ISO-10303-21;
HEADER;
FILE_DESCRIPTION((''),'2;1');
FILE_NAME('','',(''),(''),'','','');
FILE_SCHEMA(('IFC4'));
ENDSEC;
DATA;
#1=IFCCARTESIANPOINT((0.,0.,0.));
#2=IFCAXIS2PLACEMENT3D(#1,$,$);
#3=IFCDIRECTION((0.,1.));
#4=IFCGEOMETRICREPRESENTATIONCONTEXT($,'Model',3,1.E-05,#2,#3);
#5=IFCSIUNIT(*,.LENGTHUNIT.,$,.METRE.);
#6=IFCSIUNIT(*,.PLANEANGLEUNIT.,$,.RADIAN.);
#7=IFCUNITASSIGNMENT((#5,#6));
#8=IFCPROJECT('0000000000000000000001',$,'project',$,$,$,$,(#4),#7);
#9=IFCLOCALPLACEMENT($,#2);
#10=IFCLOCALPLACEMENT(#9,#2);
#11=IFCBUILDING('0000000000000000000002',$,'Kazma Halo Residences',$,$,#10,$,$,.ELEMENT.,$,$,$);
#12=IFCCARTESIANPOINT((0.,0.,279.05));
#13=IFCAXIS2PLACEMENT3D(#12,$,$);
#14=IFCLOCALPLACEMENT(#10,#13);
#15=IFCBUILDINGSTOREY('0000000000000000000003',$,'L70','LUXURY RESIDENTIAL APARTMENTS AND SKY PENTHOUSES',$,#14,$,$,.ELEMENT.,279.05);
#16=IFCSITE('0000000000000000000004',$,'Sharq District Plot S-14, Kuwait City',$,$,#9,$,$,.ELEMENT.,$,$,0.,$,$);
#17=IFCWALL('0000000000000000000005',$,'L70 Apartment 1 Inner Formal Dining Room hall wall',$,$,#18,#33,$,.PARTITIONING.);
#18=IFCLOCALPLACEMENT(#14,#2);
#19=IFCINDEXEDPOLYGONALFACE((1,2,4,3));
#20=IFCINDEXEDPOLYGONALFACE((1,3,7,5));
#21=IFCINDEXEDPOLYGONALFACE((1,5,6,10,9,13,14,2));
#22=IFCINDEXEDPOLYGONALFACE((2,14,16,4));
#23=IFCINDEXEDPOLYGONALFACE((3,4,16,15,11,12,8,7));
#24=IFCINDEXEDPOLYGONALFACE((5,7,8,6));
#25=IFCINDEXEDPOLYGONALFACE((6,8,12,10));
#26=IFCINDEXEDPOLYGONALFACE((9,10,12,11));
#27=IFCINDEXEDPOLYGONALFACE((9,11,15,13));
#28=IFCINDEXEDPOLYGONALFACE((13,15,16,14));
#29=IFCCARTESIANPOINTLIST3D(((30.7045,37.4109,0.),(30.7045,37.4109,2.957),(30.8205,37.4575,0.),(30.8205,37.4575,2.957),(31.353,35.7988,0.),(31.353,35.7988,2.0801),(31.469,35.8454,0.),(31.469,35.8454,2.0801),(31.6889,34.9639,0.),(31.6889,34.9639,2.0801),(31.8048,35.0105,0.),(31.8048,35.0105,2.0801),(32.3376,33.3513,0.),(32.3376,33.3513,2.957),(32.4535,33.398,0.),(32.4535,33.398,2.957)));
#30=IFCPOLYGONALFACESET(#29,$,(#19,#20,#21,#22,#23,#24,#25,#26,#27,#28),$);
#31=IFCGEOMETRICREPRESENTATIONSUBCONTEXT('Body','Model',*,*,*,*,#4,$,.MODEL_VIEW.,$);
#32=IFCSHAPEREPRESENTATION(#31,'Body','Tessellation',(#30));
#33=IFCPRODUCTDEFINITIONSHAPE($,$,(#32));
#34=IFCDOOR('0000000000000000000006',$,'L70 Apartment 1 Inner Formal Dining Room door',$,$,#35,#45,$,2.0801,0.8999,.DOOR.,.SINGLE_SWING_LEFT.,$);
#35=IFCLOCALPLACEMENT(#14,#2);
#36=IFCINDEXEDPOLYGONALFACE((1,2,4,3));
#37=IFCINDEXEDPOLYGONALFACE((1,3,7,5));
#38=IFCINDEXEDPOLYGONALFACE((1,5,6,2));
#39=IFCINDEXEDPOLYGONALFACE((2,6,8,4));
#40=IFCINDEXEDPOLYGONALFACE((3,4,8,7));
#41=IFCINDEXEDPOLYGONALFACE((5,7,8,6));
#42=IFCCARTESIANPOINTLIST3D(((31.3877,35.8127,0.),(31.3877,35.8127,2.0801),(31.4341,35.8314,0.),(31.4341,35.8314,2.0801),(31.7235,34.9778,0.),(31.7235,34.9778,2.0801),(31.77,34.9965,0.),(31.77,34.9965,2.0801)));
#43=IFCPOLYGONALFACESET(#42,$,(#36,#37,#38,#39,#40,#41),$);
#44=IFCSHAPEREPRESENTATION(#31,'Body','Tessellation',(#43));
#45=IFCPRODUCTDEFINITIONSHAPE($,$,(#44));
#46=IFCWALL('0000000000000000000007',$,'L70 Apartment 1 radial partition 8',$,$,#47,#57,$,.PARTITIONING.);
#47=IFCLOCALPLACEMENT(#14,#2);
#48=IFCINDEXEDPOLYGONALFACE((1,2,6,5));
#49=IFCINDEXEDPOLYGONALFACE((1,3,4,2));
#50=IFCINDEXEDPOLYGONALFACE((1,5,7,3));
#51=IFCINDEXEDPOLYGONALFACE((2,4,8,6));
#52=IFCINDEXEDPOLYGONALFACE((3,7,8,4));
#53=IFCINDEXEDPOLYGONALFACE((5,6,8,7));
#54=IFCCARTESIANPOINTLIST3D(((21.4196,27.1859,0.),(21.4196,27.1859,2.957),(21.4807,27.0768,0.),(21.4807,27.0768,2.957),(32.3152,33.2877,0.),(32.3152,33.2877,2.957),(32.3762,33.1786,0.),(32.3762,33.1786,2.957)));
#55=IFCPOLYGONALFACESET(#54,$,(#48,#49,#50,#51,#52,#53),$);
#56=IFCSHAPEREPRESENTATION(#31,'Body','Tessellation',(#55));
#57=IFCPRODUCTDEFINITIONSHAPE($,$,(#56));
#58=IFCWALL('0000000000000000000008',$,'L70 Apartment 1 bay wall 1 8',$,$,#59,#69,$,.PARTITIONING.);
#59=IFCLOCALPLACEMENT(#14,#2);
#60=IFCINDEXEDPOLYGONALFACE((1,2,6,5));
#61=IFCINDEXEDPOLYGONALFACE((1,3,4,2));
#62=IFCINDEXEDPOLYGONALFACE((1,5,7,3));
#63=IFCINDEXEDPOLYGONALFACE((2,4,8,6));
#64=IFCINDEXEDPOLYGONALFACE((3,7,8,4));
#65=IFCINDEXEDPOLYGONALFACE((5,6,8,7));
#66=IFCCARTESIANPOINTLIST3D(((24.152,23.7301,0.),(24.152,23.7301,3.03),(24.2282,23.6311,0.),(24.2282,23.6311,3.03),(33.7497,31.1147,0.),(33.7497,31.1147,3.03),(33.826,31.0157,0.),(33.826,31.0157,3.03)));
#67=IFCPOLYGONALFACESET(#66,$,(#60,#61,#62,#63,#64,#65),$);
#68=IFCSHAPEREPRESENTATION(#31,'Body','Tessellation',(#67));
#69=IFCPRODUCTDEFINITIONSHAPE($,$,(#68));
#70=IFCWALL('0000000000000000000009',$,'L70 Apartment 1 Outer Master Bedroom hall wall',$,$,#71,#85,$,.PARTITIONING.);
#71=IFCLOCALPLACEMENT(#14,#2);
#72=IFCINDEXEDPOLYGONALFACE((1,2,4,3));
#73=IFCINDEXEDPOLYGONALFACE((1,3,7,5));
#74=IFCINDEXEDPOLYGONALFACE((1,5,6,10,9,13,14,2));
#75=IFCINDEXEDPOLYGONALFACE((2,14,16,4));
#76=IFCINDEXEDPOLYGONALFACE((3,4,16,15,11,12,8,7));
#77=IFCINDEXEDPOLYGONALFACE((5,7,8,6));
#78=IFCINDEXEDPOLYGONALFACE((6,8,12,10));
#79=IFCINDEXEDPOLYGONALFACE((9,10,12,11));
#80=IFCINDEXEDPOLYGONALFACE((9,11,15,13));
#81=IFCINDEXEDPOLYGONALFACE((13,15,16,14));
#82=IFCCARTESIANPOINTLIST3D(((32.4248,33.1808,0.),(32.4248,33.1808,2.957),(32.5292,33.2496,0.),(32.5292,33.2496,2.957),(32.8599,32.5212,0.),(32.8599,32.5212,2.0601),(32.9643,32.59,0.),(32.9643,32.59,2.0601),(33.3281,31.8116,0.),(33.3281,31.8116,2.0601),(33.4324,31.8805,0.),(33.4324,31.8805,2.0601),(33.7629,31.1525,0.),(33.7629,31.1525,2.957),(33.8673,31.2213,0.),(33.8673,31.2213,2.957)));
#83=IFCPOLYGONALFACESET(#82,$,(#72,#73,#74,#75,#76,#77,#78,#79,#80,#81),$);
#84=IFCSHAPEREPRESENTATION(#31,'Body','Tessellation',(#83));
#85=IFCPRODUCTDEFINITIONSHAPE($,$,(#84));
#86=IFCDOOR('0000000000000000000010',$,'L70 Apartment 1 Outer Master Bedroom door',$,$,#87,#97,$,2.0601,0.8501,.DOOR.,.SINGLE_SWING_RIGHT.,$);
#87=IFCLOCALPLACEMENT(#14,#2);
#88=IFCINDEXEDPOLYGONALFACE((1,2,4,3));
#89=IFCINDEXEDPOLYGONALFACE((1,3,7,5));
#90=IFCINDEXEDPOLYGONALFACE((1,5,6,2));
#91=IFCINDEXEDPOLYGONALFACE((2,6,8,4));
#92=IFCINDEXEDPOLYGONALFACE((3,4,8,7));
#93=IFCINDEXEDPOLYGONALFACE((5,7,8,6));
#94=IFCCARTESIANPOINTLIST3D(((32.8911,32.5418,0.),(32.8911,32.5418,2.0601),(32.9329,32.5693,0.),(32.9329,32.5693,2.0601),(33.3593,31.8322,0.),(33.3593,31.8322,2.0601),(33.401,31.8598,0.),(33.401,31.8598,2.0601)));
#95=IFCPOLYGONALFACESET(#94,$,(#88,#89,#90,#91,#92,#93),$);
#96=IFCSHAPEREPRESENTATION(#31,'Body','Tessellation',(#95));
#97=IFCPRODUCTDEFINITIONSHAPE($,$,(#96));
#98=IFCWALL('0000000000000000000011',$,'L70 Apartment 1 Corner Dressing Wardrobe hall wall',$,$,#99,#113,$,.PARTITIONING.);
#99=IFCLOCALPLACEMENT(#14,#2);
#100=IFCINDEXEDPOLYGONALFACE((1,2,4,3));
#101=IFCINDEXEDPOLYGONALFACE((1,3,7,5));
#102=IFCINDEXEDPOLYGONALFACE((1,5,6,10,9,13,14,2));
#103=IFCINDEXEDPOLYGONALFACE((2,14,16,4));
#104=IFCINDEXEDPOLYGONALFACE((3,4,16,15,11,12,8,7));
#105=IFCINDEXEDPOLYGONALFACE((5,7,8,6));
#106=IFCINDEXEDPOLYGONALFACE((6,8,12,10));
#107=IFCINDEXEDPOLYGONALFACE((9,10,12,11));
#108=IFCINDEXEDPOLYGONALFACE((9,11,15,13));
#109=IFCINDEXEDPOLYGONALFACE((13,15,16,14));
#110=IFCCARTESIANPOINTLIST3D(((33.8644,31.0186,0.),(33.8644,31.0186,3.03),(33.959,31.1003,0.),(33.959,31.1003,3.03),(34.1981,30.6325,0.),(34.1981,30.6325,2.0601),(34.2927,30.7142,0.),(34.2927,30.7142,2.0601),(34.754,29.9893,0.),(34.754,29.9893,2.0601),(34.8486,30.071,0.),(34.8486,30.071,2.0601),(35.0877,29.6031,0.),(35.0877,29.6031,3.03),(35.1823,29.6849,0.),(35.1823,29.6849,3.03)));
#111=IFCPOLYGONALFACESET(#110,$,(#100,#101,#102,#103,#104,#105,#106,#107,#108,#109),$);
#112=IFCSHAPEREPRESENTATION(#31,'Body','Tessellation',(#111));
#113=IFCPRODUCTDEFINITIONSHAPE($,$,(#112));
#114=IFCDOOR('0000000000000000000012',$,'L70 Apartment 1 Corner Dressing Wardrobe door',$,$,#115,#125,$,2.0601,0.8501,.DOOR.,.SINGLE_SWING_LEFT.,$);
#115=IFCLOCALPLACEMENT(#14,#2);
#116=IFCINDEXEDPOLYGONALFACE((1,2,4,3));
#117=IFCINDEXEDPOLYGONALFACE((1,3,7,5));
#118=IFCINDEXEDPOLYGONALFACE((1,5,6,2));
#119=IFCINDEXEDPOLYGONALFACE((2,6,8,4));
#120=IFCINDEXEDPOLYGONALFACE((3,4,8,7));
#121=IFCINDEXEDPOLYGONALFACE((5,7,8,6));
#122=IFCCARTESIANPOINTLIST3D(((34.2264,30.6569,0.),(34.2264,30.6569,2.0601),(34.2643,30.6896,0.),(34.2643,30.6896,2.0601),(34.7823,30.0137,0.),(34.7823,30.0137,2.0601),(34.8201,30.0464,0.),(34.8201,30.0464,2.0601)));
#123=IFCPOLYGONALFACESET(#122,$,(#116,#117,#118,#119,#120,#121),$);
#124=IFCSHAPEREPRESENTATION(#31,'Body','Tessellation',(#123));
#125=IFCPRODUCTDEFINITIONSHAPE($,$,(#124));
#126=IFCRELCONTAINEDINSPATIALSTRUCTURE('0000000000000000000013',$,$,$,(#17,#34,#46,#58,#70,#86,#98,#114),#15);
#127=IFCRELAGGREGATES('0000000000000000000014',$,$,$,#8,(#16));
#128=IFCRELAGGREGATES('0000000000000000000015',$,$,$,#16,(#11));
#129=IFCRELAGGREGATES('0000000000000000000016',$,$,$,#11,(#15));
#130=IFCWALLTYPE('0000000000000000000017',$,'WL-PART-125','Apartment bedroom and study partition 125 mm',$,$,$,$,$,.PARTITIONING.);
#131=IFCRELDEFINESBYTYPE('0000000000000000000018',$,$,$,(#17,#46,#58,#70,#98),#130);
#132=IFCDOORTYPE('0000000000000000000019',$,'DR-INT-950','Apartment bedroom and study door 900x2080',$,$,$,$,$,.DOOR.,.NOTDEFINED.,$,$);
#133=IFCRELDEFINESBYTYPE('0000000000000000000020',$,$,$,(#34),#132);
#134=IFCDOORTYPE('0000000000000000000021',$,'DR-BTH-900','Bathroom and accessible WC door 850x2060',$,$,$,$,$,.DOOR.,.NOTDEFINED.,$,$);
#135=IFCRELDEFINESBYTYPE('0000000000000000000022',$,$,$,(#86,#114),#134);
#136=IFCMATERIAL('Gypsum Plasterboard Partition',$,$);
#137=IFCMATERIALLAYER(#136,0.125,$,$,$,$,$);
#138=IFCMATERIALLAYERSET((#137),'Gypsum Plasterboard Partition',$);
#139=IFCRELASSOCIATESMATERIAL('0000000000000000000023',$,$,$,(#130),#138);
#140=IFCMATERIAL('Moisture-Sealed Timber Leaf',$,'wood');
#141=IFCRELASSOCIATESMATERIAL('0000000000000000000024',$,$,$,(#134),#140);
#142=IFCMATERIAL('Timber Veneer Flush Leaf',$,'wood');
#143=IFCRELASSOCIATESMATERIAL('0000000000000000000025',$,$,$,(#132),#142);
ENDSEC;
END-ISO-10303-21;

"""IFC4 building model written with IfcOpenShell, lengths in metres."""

from ifc_helpers import new_model, si_unit, direction, frame, frame_2d, origin, place, context, subcontext, project, spatial, rectangle, extrude, material, layer, layer_set, type_object, element, fill, save


model = new_model("IFC4")

# Units and contexts
model_context = context("Model", 3, precision=1e-05, world=origin(), true_north=direction((0.0, 1.0)))
body_context = subcontext(model_context, "Body", "Model", "MODEL_VIEW")
ifc_project = project(units=[si_unit("LENGTHUNIT", "METRE"), si_unit("PLANEANGLEUNIT", "RADIAN")], contexts=[model_context])

# Site, building, storey
site_placement = place(None, origin())
site = spatial("IfcSite", under=ifc_project, at=site_placement, Name="Sharq District Plot S-14, Kuwait City", CompositionType="ELEMENT", RefElevation=0.0)
building_placement = place(site_placement, origin())
building = spatial("IfcBuilding", under=site, at=building_placement, Name="Kazma Halo Residences", CompositionType="ELEMENT")
storey_placement = place(building_placement, frame((0.0, 0.0, 279.05)))
storey = spatial("IfcBuildingStorey", under=building, at=storey_placement, Name="L70", Description="LUXURY RESIDENTIAL APARTMENTS AND SKY PENTHOUSES", CompositionType="ELEMENT", Elevation=279.05)

# Shared definitions
ifc_material_1 = material(Name="Gypsum Plasterboard Partition")
ifc_layer_1 = layer(ifc_material_1, 0.125)
ifc_layer_set_1 = layer_set([ifc_layer_1], Name="Gypsum Plasterboard Partition")
wall_type_1 = type_object("IfcWallType", Name="WL-PART-125", Description="Apartment bedroom and study partition 125 mm", PredefinedType="PARTITIONING", material=ifc_layer_set_1)

# Wall, opening, door
ifc_material_2 = material(Name="Moisture-Sealed Timber Leaf", Category="wood")
door_type_1 = type_object("IfcDoorType", Name="DR-BTH-900", Description="Bathroom and accessible WC door 850x2060", OperationType="NOTDEFINED", PredefinedType="DOOR", material=ifc_material_2)
wall_1_placement = place(storey_placement, frame((30.7625, 37.4343, 0.0), z_axis=(0.0, 0.0, 1.0), x_axis=(0.373208, -0.927748, 0.0)))
wall_1 = element("IfcWall", 1, at=wall_1_placement, inside=storey, type_object=wall_type_1, Name="L70 Apartment 1 Inner Formal Dining Room hall wall", PredefinedType="PARTITIONING", context=body_context, shape_type="SweptSolid", body=[
    extrude(rectangle(XDim=4.3757, YDim=0.125, at=frame_2d((2.188, 0.0))), origin(), (0.0, 0.0, 1.0), 2.957),
])
opening_1_placement = place(wall_1_placement, frame((1.7378, 0.0, 0.0)))
opening_1 = element("IfcOpeningElement", 2, at=opening_1_placement, cuts=wall_1, PredefinedType="OPENING", context=body_context, shape_type="SweptSolid", body=[
    extrude(rectangle(XDim=0.8999, YDim=2.0801, at=frame_2d((0.45, 1.04))), frame((0.0, 0.0725, 0.0), z_axis=(0.0, -1.0, 0.0), x_axis=(1.0, 0.0, 0.0)), (0.0, 0.0, 1.0), 0.145),
])
ifc_material_3 = material(Name="Timber Veneer Flush Leaf", Category="wood")
door_type_2 = type_object("IfcDoorType", Name="DR-INT-950", Description="Apartment bedroom and study door 900x2080", OperationType="NOTDEFINED", PredefinedType="DOOR", material=ifc_material_3)
door_1_placement = place(opening_1_placement, origin())
door_1 = element("IfcDoor", 3, at=door_1_placement, inside=storey, type_object=door_type_2, Name="L70 Apartment 1 Inner Formal Dining Room door", OperationType="SINGLE_SWING_LEFT", OverallHeight=2.0801, OverallWidth=0.8999, PredefinedType="DOOR", context=body_context, shape_type="SweptSolid", body=[
    extrude(rectangle(XDim=0.8999, YDim=2.0801, at=frame_2d((0.45, 1.04))), frame((0.0, 0.0249, 0.0), z_axis=(0.0, -1.0, 0.0), x_axis=(1.0, 0.0, 0.0)), (0.0, 0.0, 1.0), 0.05),
])
fill(opening_1, door_1)

# Walls
wall_2_placement = place(storey_placement, frame((32.3457, 33.2332, 0.0), z_axis=(0.0, 0.0, 1.0), x_axis=(-0.872495, -0.488623, 0.0)))
element("IfcWall", 4, at=wall_2_placement, inside=storey, type_object=wall_type_1, Name="L70 Apartment 1 radial partition 8", PredefinedType="PARTITIONING", context=body_context, shape_type="SweptSolid", body=[
    extrude(rectangle(XDim=12.4878, YDim=0.125, at=frame_2d((6.2439, 0.0))), origin(), (0.0, 0.0, 1.0), 2.957),
])
wall_3_placement = place(storey_placement, frame((33.7878, 31.0652, 0.0), z_axis=(0.0, 0.0, 1.0), x_axis=(-0.792556, -0.609799, 0.0)))
element("IfcWall", 5, at=wall_3_placement, inside=storey, type_object=wall_type_1, Name="L70 Apartment 1 bay wall 1 8", PredefinedType="PARTITIONING", context=body_context, shape_type="SweptSolid", body=[
    extrude(rectangle(XDim=12.1099, YDim=0.125, at=frame_2d((6.0549, 0.0))), origin(), (0.0, 0.0, 1.0), 3.03),
])

# Walls, openings, doors
wall_4_placement = place(storey_placement, frame((32.4771, 33.2151, 0.0), z_axis=(0.0, 0.0, 1.0), x_axis=(0.550683, -0.834715, 0.0)))
wall_4 = element("IfcWall", 6, at=wall_4_placement, inside=storey, type_object=wall_type_1, Name="L70 Apartment 1 Outer Master Bedroom hall wall", PredefinedType="PARTITIONING", context=body_context, shape_type="SweptSolid", body=[
    extrude(rectangle(XDim=2.4299, YDim=0.125, at=frame_2d((1.2148, 0.0))), origin(), (0.0, 0.0, 1.0), 2.957),
])
opening_2_placement = place(wall_4_placement, frame((0.79, 0.0, 0.0)))
opening_2 = element("IfcOpeningElement", 7, at=opening_2_placement, cuts=wall_4, PredefinedType="OPENING", context=body_context, shape_type="SweptSolid", body=[
    extrude(rectangle(XDim=0.8501, YDim=2.0601, at=frame_2d((0.425, 1.03))), frame((0.0, 0.0725, 0.0), z_axis=(0.0, -1.0, 0.0), x_axis=(1.0, 0.0, 0.0)), (0.0, 0.0, 1.0), 0.145),
])
door_2_placement = place(opening_2_placement, origin())
door_2 = element("IfcDoor", 8, at=door_2_placement, inside=storey, type_object=door_type_1, Name="L70 Apartment 1 Outer Master Bedroom door", OperationType="SINGLE_SWING_RIGHT", OverallHeight=2.0601, OverallWidth=0.8501, PredefinedType="DOOR", context=body_context, shape_type="SweptSolid", body=[
    extrude(rectangle(XDim=0.8501, YDim=2.0601, at=frame_2d((0.425, 1.03))), frame((0.0, 0.0249, 0.0), z_axis=(0.0, -1.0, 0.0), x_axis=(1.0, 0.0, 0.0)), (0.0, 0.0, 1.0), 0.05),
])
fill(opening_2, door_2)
wall_5_placement = place(storey_placement, frame((33.9116, 31.0596, 0.0), z_axis=(0.0, 0.0, 1.0), x_axis=(0.653892, -0.756588, 0.0)))
wall_5 = element("IfcWall", 9, at=wall_5_placement, inside=storey, type_object=wall_type_1, Name="L70 Apartment 1 Corner Dressing Wardrobe hall wall", PredefinedType="PARTITIONING", context=body_context, shape_type="SweptSolid", body=[
    extrude(rectangle(XDim=1.8708, YDim=0.125, at=frame_2d((0.9355, 0.0))), origin(), (0.0, 0.0, 1.0), 3.03),
])
opening_3_placement = place(wall_5_placement, frame((0.5105, 0.0, 0.0)))
opening_3 = element("IfcOpeningElement", 10, at=opening_3_placement, cuts=wall_5, PredefinedType="OPENING", context=body_context, shape_type="SweptSolid", body=[
    extrude(rectangle(XDim=0.8501, YDim=2.0601, at=frame_2d((0.425, 1.03))), frame((0.0, 0.0725, 0.0), z_axis=(0.0, -1.0, 0.0), x_axis=(1.0, 0.0, 0.0)), (0.0, 0.0, 1.0), 0.145),
])
door_3_placement = place(opening_3_placement, origin())
door_3 = element("IfcDoor", 11, at=door_3_placement, inside=storey, type_object=door_type_1, Name="L70 Apartment 1 Corner Dressing Wardrobe door", OperationType="SINGLE_SWING_LEFT", OverallHeight=2.0601, OverallWidth=0.8501, PredefinedType="DOOR", context=body_context, shape_type="SweptSolid", body=[
    extrude(rectangle(XDim=0.8501, YDim=2.0601, at=frame_2d((0.425, 1.03))), frame((0.0, 0.0249, 0.0), z_axis=(0.0, -1.0, 0.0), x_axis=(1.0, 0.0, 0.0)), (0.0, 0.0, 1.0), 0.05),
])
fill(opening_3, door_3)

save(model, "model.ifc")
